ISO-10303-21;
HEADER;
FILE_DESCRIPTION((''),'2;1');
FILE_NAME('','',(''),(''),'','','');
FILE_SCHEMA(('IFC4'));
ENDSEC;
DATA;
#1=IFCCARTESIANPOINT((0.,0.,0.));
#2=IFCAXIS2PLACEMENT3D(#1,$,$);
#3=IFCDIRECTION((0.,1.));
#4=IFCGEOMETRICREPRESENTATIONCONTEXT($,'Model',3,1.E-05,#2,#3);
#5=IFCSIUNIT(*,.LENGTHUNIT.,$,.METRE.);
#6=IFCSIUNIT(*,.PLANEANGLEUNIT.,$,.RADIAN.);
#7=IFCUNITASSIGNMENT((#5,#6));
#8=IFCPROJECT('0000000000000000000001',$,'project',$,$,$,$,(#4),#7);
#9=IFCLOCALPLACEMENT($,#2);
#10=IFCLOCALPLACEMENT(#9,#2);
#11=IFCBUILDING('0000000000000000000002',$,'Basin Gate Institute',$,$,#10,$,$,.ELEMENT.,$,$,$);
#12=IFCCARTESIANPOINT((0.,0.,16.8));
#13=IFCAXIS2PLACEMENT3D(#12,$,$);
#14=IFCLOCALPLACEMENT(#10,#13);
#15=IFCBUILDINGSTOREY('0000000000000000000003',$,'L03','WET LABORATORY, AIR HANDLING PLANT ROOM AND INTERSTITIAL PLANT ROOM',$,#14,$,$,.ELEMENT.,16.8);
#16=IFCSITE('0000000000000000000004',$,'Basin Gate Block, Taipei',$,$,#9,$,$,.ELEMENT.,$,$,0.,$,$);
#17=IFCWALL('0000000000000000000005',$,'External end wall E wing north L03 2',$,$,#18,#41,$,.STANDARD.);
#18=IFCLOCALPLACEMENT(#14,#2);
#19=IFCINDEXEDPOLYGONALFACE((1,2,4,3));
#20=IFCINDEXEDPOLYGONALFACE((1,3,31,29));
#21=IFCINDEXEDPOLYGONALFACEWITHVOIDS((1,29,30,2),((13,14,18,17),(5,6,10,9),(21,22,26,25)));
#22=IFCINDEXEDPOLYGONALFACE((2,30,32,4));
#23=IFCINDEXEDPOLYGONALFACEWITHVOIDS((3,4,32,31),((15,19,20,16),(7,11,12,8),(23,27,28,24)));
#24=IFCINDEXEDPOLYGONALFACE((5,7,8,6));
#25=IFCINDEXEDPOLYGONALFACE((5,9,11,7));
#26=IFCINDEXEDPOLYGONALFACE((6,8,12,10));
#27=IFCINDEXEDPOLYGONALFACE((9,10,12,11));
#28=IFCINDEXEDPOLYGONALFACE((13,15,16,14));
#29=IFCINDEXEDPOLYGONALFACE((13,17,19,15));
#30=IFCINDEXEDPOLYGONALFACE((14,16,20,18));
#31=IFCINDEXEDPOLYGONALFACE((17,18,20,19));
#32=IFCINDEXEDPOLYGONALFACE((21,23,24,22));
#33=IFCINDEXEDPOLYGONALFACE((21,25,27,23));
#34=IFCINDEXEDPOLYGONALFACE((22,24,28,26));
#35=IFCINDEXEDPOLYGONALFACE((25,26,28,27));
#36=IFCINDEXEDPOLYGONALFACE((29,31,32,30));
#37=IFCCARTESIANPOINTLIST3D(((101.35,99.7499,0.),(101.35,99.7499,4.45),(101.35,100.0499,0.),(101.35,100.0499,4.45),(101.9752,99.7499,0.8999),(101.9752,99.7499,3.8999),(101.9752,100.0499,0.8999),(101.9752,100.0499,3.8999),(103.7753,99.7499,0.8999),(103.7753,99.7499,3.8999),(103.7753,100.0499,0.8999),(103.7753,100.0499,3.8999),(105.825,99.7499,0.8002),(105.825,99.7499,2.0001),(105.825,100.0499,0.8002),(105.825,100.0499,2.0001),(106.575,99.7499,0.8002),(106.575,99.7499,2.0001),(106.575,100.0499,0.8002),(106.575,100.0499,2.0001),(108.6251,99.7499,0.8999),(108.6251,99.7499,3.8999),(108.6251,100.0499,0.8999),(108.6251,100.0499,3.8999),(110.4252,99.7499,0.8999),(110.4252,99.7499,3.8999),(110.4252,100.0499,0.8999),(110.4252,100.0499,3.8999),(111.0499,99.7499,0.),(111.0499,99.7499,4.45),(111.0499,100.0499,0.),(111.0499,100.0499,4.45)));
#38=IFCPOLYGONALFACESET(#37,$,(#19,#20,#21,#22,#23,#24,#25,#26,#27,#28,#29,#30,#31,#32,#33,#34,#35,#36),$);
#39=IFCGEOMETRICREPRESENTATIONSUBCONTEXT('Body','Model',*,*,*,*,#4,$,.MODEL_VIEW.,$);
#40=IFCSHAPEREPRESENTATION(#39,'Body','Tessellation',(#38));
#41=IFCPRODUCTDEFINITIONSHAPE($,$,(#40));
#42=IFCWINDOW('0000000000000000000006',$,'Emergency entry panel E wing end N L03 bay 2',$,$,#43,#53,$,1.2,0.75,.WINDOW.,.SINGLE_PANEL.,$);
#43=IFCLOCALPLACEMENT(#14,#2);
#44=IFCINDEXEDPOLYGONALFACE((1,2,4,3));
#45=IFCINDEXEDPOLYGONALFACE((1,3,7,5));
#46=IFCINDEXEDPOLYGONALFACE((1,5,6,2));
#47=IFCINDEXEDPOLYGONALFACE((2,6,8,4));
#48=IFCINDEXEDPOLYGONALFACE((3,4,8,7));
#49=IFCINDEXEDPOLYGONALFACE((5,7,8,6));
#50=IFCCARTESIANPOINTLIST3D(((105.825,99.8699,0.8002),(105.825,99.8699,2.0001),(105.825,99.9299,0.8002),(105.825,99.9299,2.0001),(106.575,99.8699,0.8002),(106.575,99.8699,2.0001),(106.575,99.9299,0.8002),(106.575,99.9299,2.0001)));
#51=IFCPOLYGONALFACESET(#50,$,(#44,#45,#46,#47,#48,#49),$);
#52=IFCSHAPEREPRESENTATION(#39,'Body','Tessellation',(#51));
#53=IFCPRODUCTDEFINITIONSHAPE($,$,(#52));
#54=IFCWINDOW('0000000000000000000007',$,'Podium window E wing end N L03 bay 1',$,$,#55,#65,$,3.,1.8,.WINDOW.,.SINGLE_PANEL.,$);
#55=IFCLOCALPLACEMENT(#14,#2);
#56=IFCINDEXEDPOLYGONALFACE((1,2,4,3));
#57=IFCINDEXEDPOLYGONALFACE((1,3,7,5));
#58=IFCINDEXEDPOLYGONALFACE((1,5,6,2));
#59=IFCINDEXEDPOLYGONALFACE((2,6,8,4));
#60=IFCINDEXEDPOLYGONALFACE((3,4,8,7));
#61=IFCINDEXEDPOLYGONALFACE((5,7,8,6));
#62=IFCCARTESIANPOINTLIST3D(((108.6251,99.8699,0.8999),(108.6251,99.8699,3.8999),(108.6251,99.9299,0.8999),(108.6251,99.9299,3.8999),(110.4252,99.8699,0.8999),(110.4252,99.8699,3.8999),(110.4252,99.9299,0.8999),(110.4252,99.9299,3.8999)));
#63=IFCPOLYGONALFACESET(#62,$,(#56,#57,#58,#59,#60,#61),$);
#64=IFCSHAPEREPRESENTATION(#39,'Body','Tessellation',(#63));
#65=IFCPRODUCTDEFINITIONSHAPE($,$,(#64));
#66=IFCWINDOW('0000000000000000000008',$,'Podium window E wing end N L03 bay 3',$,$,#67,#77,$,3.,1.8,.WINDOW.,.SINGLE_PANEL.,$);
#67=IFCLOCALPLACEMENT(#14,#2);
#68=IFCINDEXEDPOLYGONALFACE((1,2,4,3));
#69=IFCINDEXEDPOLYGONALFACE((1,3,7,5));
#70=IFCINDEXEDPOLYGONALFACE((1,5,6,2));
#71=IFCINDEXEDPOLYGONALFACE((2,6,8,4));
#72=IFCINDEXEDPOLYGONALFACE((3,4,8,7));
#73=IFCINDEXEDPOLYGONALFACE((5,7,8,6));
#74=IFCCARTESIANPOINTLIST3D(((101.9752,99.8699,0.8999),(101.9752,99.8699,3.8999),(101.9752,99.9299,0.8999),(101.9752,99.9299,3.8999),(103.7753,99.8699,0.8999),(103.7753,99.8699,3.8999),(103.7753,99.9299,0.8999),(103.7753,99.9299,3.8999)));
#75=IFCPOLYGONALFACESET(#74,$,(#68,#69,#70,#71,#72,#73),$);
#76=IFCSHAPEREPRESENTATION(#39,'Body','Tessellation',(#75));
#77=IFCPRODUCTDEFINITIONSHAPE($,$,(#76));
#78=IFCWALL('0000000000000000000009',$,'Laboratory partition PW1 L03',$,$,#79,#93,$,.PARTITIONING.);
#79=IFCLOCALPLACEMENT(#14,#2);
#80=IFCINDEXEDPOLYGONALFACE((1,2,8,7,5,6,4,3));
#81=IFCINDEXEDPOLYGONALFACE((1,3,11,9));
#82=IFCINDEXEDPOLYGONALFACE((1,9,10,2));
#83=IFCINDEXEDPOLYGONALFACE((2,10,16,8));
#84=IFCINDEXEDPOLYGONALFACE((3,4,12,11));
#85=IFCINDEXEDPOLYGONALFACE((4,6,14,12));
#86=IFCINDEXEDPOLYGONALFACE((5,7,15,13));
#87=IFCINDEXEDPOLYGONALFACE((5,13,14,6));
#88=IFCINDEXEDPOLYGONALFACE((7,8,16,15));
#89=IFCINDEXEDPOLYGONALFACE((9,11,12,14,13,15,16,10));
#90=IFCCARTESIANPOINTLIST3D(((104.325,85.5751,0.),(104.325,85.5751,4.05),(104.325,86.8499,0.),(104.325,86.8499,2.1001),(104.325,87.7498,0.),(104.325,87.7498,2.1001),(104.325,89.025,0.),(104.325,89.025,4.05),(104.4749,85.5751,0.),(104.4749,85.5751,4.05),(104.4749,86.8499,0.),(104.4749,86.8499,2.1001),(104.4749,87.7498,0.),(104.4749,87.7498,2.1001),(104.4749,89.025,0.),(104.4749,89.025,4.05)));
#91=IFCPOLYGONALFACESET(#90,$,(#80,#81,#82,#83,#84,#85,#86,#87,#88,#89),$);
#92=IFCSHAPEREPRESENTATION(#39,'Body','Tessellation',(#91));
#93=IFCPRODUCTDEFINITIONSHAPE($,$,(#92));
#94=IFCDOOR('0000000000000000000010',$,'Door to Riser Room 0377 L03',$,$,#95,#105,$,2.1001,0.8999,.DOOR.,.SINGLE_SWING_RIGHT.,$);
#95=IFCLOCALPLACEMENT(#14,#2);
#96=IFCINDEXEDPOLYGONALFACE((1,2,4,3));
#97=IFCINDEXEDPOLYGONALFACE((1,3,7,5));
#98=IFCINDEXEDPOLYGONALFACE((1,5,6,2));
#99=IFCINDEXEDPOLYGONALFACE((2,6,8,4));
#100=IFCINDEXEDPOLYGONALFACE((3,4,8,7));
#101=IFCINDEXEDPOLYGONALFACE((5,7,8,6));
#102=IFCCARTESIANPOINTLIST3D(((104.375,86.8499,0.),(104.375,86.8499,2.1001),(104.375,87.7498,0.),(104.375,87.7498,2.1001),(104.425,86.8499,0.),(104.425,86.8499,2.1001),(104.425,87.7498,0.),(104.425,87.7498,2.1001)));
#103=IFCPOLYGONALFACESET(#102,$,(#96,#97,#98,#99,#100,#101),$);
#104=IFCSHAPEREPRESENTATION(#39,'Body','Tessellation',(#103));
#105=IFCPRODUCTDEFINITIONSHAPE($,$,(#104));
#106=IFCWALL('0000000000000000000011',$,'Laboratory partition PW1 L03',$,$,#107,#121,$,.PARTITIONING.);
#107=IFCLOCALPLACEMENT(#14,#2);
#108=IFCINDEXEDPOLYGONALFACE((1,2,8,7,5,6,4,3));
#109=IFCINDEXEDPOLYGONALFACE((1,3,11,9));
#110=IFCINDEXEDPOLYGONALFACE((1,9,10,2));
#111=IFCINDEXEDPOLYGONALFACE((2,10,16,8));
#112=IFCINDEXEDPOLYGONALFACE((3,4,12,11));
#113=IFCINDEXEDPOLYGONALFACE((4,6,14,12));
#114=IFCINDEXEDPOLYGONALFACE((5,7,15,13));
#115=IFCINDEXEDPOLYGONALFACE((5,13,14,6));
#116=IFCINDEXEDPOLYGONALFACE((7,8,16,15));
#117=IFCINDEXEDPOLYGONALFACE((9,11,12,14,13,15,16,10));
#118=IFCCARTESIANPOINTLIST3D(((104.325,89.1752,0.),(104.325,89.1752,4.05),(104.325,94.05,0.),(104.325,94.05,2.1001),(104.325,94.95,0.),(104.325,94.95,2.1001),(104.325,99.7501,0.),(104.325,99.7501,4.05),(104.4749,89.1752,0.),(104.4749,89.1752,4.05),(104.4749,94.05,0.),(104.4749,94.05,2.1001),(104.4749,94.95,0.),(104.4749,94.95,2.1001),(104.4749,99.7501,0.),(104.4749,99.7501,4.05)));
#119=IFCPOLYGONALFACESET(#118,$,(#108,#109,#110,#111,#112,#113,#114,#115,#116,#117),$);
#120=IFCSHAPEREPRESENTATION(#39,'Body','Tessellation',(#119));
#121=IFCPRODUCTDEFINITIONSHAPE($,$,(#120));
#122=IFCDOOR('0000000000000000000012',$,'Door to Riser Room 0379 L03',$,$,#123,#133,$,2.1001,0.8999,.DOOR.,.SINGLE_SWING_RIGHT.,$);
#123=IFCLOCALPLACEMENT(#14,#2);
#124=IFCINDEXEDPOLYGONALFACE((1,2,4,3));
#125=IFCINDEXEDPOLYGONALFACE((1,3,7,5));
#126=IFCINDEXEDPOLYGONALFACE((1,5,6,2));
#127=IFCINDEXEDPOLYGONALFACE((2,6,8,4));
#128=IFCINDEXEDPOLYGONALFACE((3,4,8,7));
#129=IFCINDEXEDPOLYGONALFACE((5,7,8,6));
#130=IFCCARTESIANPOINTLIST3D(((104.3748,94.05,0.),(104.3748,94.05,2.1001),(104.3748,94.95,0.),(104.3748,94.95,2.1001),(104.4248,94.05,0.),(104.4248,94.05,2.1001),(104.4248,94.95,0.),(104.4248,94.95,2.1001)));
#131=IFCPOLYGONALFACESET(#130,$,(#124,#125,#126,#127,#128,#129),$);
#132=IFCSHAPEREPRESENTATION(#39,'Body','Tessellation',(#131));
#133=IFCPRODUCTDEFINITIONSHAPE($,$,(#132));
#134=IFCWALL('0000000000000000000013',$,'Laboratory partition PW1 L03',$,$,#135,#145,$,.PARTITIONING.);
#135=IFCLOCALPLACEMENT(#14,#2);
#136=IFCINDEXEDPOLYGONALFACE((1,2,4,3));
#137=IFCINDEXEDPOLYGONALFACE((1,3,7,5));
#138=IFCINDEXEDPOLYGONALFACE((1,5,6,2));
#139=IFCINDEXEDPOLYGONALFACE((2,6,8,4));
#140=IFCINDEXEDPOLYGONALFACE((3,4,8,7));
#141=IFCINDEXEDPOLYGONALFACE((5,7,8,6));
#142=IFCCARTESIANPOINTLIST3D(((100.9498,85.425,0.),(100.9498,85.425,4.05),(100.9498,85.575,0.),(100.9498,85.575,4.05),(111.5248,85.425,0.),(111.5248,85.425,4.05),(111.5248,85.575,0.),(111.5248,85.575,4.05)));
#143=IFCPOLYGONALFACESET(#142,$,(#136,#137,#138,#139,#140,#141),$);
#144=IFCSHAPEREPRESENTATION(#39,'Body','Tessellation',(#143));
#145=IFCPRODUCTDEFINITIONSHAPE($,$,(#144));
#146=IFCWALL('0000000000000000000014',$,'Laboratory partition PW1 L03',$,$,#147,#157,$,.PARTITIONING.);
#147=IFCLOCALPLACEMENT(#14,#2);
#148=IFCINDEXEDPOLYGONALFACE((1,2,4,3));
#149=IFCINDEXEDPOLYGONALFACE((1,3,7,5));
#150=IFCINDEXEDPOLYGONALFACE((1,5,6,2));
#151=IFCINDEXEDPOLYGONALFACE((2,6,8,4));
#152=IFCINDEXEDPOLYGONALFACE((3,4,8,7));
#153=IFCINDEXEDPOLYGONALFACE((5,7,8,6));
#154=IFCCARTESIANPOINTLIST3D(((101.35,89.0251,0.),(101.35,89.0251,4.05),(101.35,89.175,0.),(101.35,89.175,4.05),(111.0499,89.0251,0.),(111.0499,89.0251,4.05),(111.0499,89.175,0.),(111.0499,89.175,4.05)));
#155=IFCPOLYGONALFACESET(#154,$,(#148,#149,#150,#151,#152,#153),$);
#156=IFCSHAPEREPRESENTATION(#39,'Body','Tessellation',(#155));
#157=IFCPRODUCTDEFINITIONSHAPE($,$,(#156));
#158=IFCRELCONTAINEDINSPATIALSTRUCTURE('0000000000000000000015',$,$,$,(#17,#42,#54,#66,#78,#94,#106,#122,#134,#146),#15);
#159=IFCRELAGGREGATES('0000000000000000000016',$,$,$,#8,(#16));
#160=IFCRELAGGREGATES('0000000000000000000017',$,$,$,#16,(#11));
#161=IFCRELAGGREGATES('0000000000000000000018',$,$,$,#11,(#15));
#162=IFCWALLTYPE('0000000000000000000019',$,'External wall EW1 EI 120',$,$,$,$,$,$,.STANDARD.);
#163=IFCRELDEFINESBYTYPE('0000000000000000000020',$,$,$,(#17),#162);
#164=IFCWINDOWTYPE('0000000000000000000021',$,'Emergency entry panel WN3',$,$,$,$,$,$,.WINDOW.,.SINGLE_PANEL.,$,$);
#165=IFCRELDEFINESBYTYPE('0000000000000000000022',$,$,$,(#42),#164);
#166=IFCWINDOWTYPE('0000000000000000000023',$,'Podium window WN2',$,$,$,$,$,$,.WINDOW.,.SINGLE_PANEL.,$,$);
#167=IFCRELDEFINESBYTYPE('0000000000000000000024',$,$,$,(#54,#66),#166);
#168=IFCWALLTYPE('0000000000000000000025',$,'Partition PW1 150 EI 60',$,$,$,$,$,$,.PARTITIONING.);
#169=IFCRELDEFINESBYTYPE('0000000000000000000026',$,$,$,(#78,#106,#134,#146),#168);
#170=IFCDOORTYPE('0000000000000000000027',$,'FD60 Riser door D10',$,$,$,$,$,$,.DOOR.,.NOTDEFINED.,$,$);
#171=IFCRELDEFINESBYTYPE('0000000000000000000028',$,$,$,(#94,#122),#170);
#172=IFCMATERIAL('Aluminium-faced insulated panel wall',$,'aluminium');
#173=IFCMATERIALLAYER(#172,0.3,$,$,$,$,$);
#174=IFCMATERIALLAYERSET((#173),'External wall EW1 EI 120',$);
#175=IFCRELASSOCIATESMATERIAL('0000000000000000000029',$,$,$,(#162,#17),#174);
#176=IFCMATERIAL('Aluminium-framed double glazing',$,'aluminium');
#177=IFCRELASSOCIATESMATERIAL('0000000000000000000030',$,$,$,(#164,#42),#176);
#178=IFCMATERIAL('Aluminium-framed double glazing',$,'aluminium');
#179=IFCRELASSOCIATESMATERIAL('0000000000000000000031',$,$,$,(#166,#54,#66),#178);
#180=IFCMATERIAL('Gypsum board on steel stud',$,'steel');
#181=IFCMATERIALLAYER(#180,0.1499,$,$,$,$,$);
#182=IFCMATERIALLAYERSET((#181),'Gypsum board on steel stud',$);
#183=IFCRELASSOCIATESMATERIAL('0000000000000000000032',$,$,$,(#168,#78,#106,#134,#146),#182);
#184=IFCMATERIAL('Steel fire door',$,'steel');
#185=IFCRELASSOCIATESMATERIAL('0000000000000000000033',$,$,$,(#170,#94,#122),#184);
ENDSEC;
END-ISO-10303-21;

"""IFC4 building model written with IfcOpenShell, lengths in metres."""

from ifc_helpers import new_model, si_unit, direction, frame, frame_2d, origin, place, context, subcontext, project, spatial, rectangle, extrude, material, layer, layer_set, type_object, element, fill, save


model = new_model("IFC4")

# Units and contexts
model_context = context("Model", 3, precision=1e-05, world=origin(), true_north=direction((0.0, 1.0)))
body_context = subcontext(model_context, "Body", "Model", "MODEL_VIEW")
ifc_project = project(units=[si_unit("LENGTHUNIT", "METRE"), si_unit("PLANEANGLEUNIT", "RADIAN")], contexts=[model_context])

# Site, building, storey
site_placement = place(None, origin())
site = spatial("IfcSite", under=ifc_project, at=site_placement, Name="Basin Gate Block, Taipei", CompositionType="ELEMENT", RefElevation=0.0)
building_placement = place(site_placement, origin())
building = spatial("IfcBuilding", under=site, at=building_placement, Name="Basin Gate Institute", CompositionType="ELEMENT")
storey_placement = place(building_placement, frame((0.0, 0.0, 16.8)))
storey = spatial("IfcBuildingStorey", under=building, at=storey_placement, Name="L03", Description="WET LABORATORY, AIR HANDLING PLANT ROOM AND INTERSTITIAL PLANT ROOM", CompositionType="ELEMENT", Elevation=16.8)

# Wall, openings, windows
ifc_material_1 = material(Name="Aluminium-faced insulated panel wall", Category="aluminium")
ifc_layer_1 = layer(ifc_material_1, 0.3)
ifc_layer_set_1 = layer_set([ifc_layer_1], Name="External wall EW1 EI 120")
wall_type_1 = type_object("IfcWallType", Name="External wall EW1 EI 120", PredefinedType="STANDARD", material=ifc_layer_set_1)
wall_1_placement = place(storey_placement, frame((111.05, 99.8999, 0.0), z_axis=(0.0, 0.0, 1.0), x_axis=(-1.0, 0.0, 0.0)))
wall_1 = element("IfcWall", 1, at=wall_1_placement, inside=storey, type_object=wall_type_1, material=ifc_layer_set_1, Name="External end wall E wing north L03 2", PredefinedType="STANDARD", context=body_context, shape_type="SweptSolid", body=[
    extrude(rectangle(XDim=9.7, YDim=0.3, at=frame_2d((4.8501, 0.0))), origin(), (0.0, 0.0, 1.0), 4.45),
])
opening_1_placement = place(wall_1_placement, frame((0.625, 0.0, 0.8999)))
opening_1 = element("IfcOpeningElement", 2, at=opening_1_placement, cuts=wall_1, PredefinedType="OPENING", context=body_context, shape_type="SweptSolid", body=[
    extrude(rectangle(XDim=1.8, YDim=3.0, at=frame_2d((0.8999, 1.5))), frame((0.0, 0.1602, 0.0), z_axis=(0.0, -1.0, 0.0), x_axis=(1.0, 0.0, 0.0)), (0.0, 0.0, 1.0), 0.3201),
])
opening_2_placement = place(wall_1_placement, frame((4.4751, 0.0, 0.8)))
opening_2 = element("IfcOpeningElement", 3, at=opening_2_placement, cuts=wall_1, PredefinedType="OPENING", context=body_context, shape_type="SweptSolid", body=[
    extrude(rectangle(XDim=0.75, YDim=1.2, at=frame_2d((0.375, 0.6001))), frame((0.0, 0.1602, 0.0), z_axis=(0.0, -1.0, 0.0), x_axis=(1.0, 0.0, 0.0)), (0.0, 0.0, 1.0), 0.3201),
])
opening_3_placement = place(wall_1_placement, frame((7.2749, 0.0, 0.8999)))
opening_3 = element("IfcOpeningElement", 4, at=opening_3_placement, cuts=wall_1, PredefinedType="OPENING", context=body_context, shape_type="SweptSolid", body=[
    extrude(rectangle(XDim=1.8, YDim=3.0, at=frame_2d((0.8999, 1.5))), frame((0.0, 0.1602, 0.0), z_axis=(0.0, -1.0, 0.0), x_axis=(1.0, 0.0, 0.0)), (0.0, 0.0, 1.0), 0.3201),
])
ifc_material_2 = material(Name="Aluminium-framed double glazing", Category="aluminium")
window_type_1 = type_object("IfcWindowType", Name="Emergency entry panel WN3", PartitioningType="SINGLE_PANEL", PredefinedType="WINDOW", material=ifc_material_2)
window_1_placement = place(opening_2_placement, origin())
window_1 = element("IfcWindow", 5, at=window_1_placement, inside=storey, type_object=window_type_1, material=ifc_material_2, Name="Emergency entry panel E wing end N L03 bay 2", OverallHeight=1.2, OverallWidth=0.75, PartitioningType="SINGLE_PANEL", PredefinedType="WINDOW", context=body_context, shape_type="SweptSolid", body=[
    extrude(rectangle(XDim=0.75, YDim=1.2, at=frame_2d((0.375, 0.6001))), frame((0.0, 0.03, 0.0), z_axis=(0.0, -1.0, 0.0), x_axis=(1.0, 0.0, 0.0)), (0.0, 0.0, 1.0), 0.0601),
])
fill(opening_2, window_1)
ifc_material_3 = material(Name="Aluminium-framed double glazing", Category="aluminium")
window_type_2 = type_object("IfcWindowType", Name="Podium window WN2", PartitioningType="SINGLE_PANEL", PredefinedType="WINDOW", material=ifc_material_3)
window_2_placement = place(opening_1_placement, origin())
window_2 = element("IfcWindow", 6, at=window_2_placement, inside=storey, type_object=window_type_2, material=ifc_material_3, Name="Podium window E wing end N L03 bay 1", OverallHeight=3.0, OverallWidth=1.8, PartitioningType="SINGLE_PANEL", PredefinedType="WINDOW", context=body_context, shape_type="SweptSolid", body=[
    extrude(rectangle(XDim=1.8, YDim=3.0, at=frame_2d((0.8999, 1.5))), frame((0.0, 0.03, 0.0), z_axis=(0.0, -1.0, 0.0), x_axis=(1.0, 0.0, 0.0)), (0.0, 0.0, 1.0), 0.0601),
])
fill(opening_1, window_2)
window_3_placement = place(opening_3_placement, origin())
window_3 = element("IfcWindow", 7, at=window_3_placement, inside=storey, type_object=window_type_2, material=ifc_material_3, Name="Podium window E wing end N L03 bay 3", OverallHeight=3.0, OverallWidth=1.8, PartitioningType="SINGLE_PANEL", PredefinedType="WINDOW", context=body_context, shape_type="SweptSolid", body=[
    extrude(rectangle(XDim=1.8, YDim=3.0, at=frame_2d((0.8999, 1.5))), frame((0.0, 0.03, 0.0), z_axis=(0.0, -1.0, 0.0), x_axis=(1.0, 0.0, 0.0)), (0.0, 0.0, 1.0), 0.0601),
])
fill(opening_3, window_3)

# Walls, openings, doors
ifc_material_4 = material(Name="Gypsum board on steel stud", Category="steel")
ifc_layer_2 = layer(ifc_material_4, 0.1499)
ifc_layer_set_2 = layer_set([ifc_layer_2], Name="Gypsum board on steel stud")
wall_type_2 = type_object("IfcWallType", Name="Partition PW1 150 EI 60", PredefinedType="PARTITIONING", material=ifc_layer_set_2)
wall_2_placement = place(storey_placement, frame((104.3999, 85.575, 0.0), z_axis=(0.0, 0.0, 1.0), x_axis=(0.0, 1.0, 0.0)))
wall_2 = element("IfcWall", 8, at=wall_2_placement, inside=storey, type_object=wall_type_2, material=ifc_layer_set_2, Name="Laboratory partition PW1 L03", PredefinedType="PARTITIONING", context=body_context, shape_type="SweptSolid", body=[
    extrude(rectangle(XDim=3.45, YDim=0.1499, at=frame_2d((1.7251, 0.0))), origin(), (0.0, 0.0, 1.0), 4.05),
])
opening_4_placement = place(wall_2_placement, frame((1.2749, 0.0, 0.0)))
opening_4 = element("IfcOpeningElement", 9, at=opening_4_placement, cuts=wall_2, PredefinedType="OPENING", context=body_context, shape_type="SweptSolid", body=[
    extrude(rectangle(XDim=0.8999, YDim=2.1001, at=frame_2d((0.45, 1.05))), frame((0.0, 0.085, 0.0), z_axis=(0.0, -1.0, 0.0), x_axis=(1.0, 0.0, 0.0)), (0.0, 0.0, 1.0), 0.1699),
])
ifc_material_5 = material(Name="Steel fire door", Category="steel")
door_type = type_object("IfcDoorType", Name="FD60 Riser door D10", OperationType="NOTDEFINED", PredefinedType="DOOR", material=ifc_material_5)
door_1_placement = place(opening_4_placement, origin())
door_1 = element("IfcDoor", 10, at=door_1_placement, inside=storey, type_object=door_type, material=ifc_material_5, Name="Door to Riser Room 0377 L03", OperationType="SINGLE_SWING_RIGHT", OverallHeight=2.1001, OverallWidth=0.8999, PredefinedType="DOOR", context=body_context, shape_type="SweptSolid", body=[
    extrude(rectangle(XDim=0.8999, YDim=2.1001, at=frame_2d((0.45, 1.05))), frame((0.0, 0.0249, 0.0), z_axis=(0.0, -1.0, 0.0), x_axis=(1.0, 0.0, 0.0)), (0.0, 0.0, 1.0), 0.05),
])
fill(opening_4, door_1)
wall_3_placement = place(storey_placement, frame((104.3999, 89.175, 0.0), z_axis=(0.0, 0.0, 1.0), x_axis=(0.0, 1.0, 0.0)))
wall_3 = element("IfcWall", 11, at=wall_3_placement, inside=storey, type_object=wall_type_2, material=ifc_layer_set_2, Name="Laboratory partition PW1 L03", PredefinedType="PARTITIONING", context=body_context, shape_type="SweptSolid", body=[
    extrude(rectangle(XDim=10.575, YDim=0.1499, at=frame_2d((5.2876, 0.0))), origin(), (0.0, 0.0, 1.0), 4.05),
])
opening_5_placement = place(wall_3_placement, frame((4.875, 0.0, 0.0)))
opening_5 = element("IfcOpeningElement", 12, at=opening_5_placement, cuts=wall_3, PredefinedType="OPENING", context=body_context, shape_type="SweptSolid", body=[
    extrude(rectangle(XDim=0.8999, YDim=2.1001, at=frame_2d((0.45, 1.05))), frame((0.0, 0.085, 0.0), z_axis=(0.0, -1.0, 0.0), x_axis=(1.0, 0.0, 0.0)), (0.0, 0.0, 1.0), 0.1699),
])
door_2_placement = place(opening_5_placement, frame((0.8999, 0.0, 0.0), z_axis=(0.0, 0.0, 1.0), x_axis=(-1.0, 0.0, 0.0)))
door_2 = element("IfcDoor", 13, at=door_2_placement, inside=storey, type_object=door_type, material=ifc_material_5, Name="Door to Riser Room 0379 L03", OperationType="SINGLE_SWING_RIGHT", OverallHeight=2.1001, OverallWidth=0.8999, PredefinedType="DOOR", context=body_context, shape_type="SweptSolid", body=[
    extrude(rectangle(XDim=0.8999, YDim=2.1001, at=frame_2d((0.45, 1.05))), frame((0.0, 0.0249, 0.0), z_axis=(0.0, -1.0, 0.0), x_axis=(1.0, 0.0, 0.0)), (0.0, 0.0, 1.0), 0.05),
])
fill(opening_5, door_2)

# Walls
wall_4_placement = place(storey_placement, frame((111.5249, 85.5, 0.0), z_axis=(0.0, 0.0, 1.0), x_axis=(-1.0, 0.0, 0.0)))
element("IfcWall", 14, at=wall_4_placement, inside=storey, type_object=wall_type_2, material=ifc_layer_set_2, Name="Laboratory partition PW1 L03", PredefinedType="PARTITIONING", context=body_context, shape_type="SweptSolid", body=[
    extrude(rectangle(XDim=10.575, YDim=0.1499, at=frame_2d((5.2876, 0.0))), origin(), (0.0, 0.0, 1.0), 4.05),
])
wall_5_placement = place(storey_placement, frame((111.05, 89.1001, 0.0), z_axis=(0.0, 0.0, 1.0), x_axis=(-1.0, 0.0, 0.0)))
element("IfcWall", 15, at=wall_5_placement, inside=storey, type_object=wall_type_2, material=ifc_layer_set_2, Name="Laboratory partition PW1 L03", PredefinedType="PARTITIONING", context=body_context, shape_type="SweptSolid", body=[
    extrude(rectangle(XDim=9.7, YDim=0.1499, at=frame_2d((4.8501, 0.0))), origin(), (0.0, 0.0, 1.0), 4.05),
])

save(model, "model.ifc")
